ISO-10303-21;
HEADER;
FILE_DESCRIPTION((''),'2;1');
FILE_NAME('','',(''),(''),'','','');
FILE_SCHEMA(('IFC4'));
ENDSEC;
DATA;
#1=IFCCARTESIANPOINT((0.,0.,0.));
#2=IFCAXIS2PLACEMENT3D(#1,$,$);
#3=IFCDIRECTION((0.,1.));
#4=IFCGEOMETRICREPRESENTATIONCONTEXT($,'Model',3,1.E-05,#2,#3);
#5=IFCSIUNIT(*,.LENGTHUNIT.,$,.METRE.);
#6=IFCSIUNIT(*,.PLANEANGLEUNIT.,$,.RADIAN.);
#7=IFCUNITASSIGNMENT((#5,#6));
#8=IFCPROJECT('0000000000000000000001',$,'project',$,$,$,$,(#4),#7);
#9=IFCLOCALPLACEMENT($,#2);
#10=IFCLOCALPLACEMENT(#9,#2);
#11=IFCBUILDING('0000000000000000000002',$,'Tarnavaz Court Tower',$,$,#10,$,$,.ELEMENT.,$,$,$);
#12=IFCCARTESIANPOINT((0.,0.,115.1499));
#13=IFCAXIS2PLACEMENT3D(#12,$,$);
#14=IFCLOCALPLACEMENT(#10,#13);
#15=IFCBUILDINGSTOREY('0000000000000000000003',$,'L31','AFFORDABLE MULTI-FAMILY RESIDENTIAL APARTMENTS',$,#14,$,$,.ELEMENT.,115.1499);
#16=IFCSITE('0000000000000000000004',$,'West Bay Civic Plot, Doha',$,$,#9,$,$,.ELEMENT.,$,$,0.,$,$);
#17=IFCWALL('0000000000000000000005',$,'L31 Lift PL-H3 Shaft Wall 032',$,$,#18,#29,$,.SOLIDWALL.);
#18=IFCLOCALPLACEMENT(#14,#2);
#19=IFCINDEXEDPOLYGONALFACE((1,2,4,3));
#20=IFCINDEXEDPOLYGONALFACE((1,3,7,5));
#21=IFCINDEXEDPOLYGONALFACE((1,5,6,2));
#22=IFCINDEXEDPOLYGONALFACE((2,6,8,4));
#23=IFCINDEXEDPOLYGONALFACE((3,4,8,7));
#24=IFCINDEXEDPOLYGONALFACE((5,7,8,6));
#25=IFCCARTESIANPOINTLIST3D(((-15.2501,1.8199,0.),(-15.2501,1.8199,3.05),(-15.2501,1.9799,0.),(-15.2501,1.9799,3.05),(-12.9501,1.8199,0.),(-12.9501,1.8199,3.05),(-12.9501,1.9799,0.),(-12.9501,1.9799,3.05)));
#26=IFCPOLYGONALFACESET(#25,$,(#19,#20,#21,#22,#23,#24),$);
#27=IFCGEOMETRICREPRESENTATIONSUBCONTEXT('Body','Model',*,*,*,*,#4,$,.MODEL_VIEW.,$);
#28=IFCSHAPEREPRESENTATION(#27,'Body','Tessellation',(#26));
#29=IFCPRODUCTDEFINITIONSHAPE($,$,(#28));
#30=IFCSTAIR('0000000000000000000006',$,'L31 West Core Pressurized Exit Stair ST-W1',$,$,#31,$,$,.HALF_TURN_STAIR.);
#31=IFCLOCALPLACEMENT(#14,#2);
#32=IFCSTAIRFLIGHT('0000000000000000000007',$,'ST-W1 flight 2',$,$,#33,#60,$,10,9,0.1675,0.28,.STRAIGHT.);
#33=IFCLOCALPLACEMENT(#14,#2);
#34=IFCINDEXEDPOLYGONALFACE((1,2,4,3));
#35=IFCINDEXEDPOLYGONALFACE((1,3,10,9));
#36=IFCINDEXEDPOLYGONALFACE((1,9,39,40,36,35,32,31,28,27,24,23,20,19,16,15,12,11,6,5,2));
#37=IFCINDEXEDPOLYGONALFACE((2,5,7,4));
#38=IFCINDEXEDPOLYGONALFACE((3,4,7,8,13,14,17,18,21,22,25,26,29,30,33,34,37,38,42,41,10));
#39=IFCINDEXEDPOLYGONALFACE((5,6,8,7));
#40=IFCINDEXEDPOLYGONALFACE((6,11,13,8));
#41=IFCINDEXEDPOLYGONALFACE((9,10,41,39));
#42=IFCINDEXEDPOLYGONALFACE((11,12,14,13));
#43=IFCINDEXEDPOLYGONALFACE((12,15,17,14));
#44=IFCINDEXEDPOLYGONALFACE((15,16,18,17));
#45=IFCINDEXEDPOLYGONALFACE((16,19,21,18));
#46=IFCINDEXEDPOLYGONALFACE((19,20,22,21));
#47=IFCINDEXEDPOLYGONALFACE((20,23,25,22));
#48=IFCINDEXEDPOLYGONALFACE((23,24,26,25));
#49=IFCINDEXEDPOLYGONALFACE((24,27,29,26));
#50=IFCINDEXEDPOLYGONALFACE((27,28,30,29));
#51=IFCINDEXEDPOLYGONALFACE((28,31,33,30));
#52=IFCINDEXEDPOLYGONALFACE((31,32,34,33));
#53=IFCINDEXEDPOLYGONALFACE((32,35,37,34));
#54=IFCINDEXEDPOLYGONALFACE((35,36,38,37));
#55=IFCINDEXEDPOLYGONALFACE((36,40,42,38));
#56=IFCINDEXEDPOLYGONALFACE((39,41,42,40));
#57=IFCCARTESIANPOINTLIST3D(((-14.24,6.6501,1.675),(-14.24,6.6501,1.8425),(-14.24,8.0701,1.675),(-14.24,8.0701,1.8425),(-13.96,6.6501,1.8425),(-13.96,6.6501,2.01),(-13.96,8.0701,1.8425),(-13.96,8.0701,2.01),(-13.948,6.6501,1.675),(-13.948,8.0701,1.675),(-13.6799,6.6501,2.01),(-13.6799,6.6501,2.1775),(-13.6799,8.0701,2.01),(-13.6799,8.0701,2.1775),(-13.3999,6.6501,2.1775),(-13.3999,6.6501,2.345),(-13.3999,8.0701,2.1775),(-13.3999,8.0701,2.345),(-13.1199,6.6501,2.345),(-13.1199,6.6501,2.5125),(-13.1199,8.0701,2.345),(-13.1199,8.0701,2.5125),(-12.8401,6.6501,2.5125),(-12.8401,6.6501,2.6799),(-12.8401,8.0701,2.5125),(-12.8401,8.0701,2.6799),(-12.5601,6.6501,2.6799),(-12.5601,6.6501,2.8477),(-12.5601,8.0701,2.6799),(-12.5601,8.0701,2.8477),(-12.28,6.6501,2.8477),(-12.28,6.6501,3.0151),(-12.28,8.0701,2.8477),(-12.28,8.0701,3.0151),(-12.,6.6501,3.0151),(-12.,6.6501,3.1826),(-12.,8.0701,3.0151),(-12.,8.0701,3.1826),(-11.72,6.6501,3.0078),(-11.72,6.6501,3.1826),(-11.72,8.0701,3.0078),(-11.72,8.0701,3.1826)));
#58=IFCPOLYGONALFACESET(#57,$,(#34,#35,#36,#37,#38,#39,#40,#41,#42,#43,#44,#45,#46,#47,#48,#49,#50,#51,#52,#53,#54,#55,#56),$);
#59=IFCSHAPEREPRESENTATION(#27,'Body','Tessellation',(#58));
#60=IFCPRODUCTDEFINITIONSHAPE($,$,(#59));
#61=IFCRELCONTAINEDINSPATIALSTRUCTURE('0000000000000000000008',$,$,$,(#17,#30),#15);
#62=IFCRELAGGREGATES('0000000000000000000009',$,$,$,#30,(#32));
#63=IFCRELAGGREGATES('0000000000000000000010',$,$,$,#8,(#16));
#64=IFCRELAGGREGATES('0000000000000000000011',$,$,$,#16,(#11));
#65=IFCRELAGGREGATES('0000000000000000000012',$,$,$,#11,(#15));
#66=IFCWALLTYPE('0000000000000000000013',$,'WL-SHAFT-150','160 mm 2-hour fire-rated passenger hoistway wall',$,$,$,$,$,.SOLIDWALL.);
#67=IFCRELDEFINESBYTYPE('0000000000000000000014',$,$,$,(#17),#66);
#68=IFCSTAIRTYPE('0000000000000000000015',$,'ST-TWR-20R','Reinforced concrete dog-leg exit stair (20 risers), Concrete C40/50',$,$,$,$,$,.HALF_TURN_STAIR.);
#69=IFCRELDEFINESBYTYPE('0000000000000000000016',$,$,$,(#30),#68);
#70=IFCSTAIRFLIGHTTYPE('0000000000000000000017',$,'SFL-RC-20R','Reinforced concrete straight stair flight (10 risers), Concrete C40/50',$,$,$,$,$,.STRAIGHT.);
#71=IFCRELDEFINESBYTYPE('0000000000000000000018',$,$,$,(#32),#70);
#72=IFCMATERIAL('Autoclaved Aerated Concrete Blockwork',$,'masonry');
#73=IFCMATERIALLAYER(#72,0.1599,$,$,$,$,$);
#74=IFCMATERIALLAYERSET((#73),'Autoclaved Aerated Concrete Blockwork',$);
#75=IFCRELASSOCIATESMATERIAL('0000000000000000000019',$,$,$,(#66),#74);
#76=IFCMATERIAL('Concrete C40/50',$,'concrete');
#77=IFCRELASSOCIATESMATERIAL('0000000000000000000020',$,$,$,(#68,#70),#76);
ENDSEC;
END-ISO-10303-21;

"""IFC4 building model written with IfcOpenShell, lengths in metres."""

from ifc_helpers import new_model, si_unit, direction, frame, frame_2d, origin, place, context, subcontext, project, spatial, polyline, rectangle, outline, extrude, material, layer, layer_set, type_object, element, aggregate, save


model = new_model("IFC4")

# Units and contexts
model_context = context("Model", 3, precision=1e-05, world=origin(), true_north=direction((0.0, 1.0)))
body_context = subcontext(model_context, "Body", "Model", "MODEL_VIEW")
ifc_project = project(units=[si_unit("LENGTHUNIT", "METRE"), si_unit("PLANEANGLEUNIT", "RADIAN")], contexts=[model_context])

# Site, building, storey
site_placement = place(None, origin())
site = spatial("IfcSite", under=ifc_project, at=site_placement, Name="West Bay Civic Plot, Doha", CompositionType="ELEMENT", RefElevation=0.0)
building_placement = place(site_placement, origin())
building = spatial("IfcBuilding", under=site, at=building_placement, Name="Tarnavaz Court Tower", CompositionType="ELEMENT")
storey_placement = place(building_placement, frame((0.0, 0.0, 115.1499)))
storey = spatial("IfcBuildingStorey", under=building, at=storey_placement, Name="L31", Description="AFFORDABLE MULTI-FAMILY RESIDENTIAL APARTMENTS", CompositionType="ELEMENT", Elevation=115.1499)

# Shared definitions
ifc_material_1 = material(Name="Autoclaved Aerated Concrete Blockwork", Category="masonry")

# Wall
ifc_layer_1 = layer(ifc_material_1, 0.1599)
ifc_layer_set_1 = layer_set([ifc_layer_1], Name="Autoclaved Aerated Concrete Blockwork")
wall_type_1 = type_object("IfcWallType", Name="WL-SHAFT-150", Description="160 mm 2-hour fire-rated passenger hoistway wall", PredefinedType="SOLIDWALL", material=ifc_layer_set_1)
wall_1_placement = place(storey_placement, frame((-15.25, 1.8999, 0.0), z_axis=(0.0, 0.0, 1.0), x_axis=(1.0, 0.0, 0.0)))
element("IfcWall", 1, at=wall_1_placement, inside=storey, type_object=wall_type_1, Name="L31 Lift PL-H3 Shaft Wall 032", PredefinedType="SOLIDWALL", context=body_context, shape_type="SweptSolid", body=[
    extrude(rectangle(XDim=2.3, YDim=0.1599, at=frame_2d((1.1499, 0.0))), origin(), (0.0, 0.0, 1.0), 3.05),
])

# Stair, stair flight
ifc_material_2 = material(Name="Concrete C40/50", Category="concrete")
stair_type = type_object("IfcStairType", Name="ST-TWR-20R", Description="Reinforced concrete dog-leg exit stair (20 risers), Concrete C40/50", PredefinedType="HALF_TURN_STAIR", material=ifc_material_2)
stair_placement = place(storey_placement, origin())
stair = element("IfcStair", 2, at=stair_placement, inside=storey, type_object=stair_type, Name="L31 West Core Pressurized Exit Stair ST-W1", PredefinedType="HALF_TURN_STAIR")
stair_flight_type = type_object("IfcStairFlightType", Name="SFL-RC-20R", Description="Reinforced concrete straight stair flight (10 risers), Concrete C40/50", PredefinedType="STRAIGHT", material=ifc_material_2)
stair_flight_placement = place(storey_placement, frame((-14.24, 7.3601, 1.675), z_axis=(0.0, 0.0, 1.0), x_axis=(1.0, 0.0, 0.0)))
stair_flight = element("IfcStairFlight", 3, at=stair_flight_placement, type_object=stair_flight_type, Name="ST-W1 flight 2", NumberOfRisers=10, NumberOfTreads=9, PredefinedType="STRAIGHT", RiserHeight=0.1675, TreadLength=0.28, context=body_context, shape_type="SweptSolid", body=[
    extrude(outline(polyline([(0.0, 0.0), (0.0, 0.1675), (0.28, 0.1675), (0.28, 0.335), (0.5601, 0.335), (0.5601, 0.5024), (0.8401, 0.5024), (0.8401, 0.6699), (1.1201, 0.6699), (1.1201, 0.8374), (1.3999, 0.8374), (1.3999, 1.0049), (1.6799, 1.0049), (1.6799, 1.1726), (1.96, 1.1726), (1.96, 1.3401), (2.24, 1.3401), (2.24, 1.5076), (2.52, 1.5076), (2.52, 1.675), (2.52, 1.3328), (0.292, 0.0), (0.0, 0.0)])), frame((0.0, 0.71, 0.0), z_axis=(0.0, -1.0, 0.0), x_axis=(1.0, 0.0, 0.0)), (0.0, 0.0, 1.0), 1.4199),
])
aggregate(stair, [stair_flight])

save(model, "model.ifc")
